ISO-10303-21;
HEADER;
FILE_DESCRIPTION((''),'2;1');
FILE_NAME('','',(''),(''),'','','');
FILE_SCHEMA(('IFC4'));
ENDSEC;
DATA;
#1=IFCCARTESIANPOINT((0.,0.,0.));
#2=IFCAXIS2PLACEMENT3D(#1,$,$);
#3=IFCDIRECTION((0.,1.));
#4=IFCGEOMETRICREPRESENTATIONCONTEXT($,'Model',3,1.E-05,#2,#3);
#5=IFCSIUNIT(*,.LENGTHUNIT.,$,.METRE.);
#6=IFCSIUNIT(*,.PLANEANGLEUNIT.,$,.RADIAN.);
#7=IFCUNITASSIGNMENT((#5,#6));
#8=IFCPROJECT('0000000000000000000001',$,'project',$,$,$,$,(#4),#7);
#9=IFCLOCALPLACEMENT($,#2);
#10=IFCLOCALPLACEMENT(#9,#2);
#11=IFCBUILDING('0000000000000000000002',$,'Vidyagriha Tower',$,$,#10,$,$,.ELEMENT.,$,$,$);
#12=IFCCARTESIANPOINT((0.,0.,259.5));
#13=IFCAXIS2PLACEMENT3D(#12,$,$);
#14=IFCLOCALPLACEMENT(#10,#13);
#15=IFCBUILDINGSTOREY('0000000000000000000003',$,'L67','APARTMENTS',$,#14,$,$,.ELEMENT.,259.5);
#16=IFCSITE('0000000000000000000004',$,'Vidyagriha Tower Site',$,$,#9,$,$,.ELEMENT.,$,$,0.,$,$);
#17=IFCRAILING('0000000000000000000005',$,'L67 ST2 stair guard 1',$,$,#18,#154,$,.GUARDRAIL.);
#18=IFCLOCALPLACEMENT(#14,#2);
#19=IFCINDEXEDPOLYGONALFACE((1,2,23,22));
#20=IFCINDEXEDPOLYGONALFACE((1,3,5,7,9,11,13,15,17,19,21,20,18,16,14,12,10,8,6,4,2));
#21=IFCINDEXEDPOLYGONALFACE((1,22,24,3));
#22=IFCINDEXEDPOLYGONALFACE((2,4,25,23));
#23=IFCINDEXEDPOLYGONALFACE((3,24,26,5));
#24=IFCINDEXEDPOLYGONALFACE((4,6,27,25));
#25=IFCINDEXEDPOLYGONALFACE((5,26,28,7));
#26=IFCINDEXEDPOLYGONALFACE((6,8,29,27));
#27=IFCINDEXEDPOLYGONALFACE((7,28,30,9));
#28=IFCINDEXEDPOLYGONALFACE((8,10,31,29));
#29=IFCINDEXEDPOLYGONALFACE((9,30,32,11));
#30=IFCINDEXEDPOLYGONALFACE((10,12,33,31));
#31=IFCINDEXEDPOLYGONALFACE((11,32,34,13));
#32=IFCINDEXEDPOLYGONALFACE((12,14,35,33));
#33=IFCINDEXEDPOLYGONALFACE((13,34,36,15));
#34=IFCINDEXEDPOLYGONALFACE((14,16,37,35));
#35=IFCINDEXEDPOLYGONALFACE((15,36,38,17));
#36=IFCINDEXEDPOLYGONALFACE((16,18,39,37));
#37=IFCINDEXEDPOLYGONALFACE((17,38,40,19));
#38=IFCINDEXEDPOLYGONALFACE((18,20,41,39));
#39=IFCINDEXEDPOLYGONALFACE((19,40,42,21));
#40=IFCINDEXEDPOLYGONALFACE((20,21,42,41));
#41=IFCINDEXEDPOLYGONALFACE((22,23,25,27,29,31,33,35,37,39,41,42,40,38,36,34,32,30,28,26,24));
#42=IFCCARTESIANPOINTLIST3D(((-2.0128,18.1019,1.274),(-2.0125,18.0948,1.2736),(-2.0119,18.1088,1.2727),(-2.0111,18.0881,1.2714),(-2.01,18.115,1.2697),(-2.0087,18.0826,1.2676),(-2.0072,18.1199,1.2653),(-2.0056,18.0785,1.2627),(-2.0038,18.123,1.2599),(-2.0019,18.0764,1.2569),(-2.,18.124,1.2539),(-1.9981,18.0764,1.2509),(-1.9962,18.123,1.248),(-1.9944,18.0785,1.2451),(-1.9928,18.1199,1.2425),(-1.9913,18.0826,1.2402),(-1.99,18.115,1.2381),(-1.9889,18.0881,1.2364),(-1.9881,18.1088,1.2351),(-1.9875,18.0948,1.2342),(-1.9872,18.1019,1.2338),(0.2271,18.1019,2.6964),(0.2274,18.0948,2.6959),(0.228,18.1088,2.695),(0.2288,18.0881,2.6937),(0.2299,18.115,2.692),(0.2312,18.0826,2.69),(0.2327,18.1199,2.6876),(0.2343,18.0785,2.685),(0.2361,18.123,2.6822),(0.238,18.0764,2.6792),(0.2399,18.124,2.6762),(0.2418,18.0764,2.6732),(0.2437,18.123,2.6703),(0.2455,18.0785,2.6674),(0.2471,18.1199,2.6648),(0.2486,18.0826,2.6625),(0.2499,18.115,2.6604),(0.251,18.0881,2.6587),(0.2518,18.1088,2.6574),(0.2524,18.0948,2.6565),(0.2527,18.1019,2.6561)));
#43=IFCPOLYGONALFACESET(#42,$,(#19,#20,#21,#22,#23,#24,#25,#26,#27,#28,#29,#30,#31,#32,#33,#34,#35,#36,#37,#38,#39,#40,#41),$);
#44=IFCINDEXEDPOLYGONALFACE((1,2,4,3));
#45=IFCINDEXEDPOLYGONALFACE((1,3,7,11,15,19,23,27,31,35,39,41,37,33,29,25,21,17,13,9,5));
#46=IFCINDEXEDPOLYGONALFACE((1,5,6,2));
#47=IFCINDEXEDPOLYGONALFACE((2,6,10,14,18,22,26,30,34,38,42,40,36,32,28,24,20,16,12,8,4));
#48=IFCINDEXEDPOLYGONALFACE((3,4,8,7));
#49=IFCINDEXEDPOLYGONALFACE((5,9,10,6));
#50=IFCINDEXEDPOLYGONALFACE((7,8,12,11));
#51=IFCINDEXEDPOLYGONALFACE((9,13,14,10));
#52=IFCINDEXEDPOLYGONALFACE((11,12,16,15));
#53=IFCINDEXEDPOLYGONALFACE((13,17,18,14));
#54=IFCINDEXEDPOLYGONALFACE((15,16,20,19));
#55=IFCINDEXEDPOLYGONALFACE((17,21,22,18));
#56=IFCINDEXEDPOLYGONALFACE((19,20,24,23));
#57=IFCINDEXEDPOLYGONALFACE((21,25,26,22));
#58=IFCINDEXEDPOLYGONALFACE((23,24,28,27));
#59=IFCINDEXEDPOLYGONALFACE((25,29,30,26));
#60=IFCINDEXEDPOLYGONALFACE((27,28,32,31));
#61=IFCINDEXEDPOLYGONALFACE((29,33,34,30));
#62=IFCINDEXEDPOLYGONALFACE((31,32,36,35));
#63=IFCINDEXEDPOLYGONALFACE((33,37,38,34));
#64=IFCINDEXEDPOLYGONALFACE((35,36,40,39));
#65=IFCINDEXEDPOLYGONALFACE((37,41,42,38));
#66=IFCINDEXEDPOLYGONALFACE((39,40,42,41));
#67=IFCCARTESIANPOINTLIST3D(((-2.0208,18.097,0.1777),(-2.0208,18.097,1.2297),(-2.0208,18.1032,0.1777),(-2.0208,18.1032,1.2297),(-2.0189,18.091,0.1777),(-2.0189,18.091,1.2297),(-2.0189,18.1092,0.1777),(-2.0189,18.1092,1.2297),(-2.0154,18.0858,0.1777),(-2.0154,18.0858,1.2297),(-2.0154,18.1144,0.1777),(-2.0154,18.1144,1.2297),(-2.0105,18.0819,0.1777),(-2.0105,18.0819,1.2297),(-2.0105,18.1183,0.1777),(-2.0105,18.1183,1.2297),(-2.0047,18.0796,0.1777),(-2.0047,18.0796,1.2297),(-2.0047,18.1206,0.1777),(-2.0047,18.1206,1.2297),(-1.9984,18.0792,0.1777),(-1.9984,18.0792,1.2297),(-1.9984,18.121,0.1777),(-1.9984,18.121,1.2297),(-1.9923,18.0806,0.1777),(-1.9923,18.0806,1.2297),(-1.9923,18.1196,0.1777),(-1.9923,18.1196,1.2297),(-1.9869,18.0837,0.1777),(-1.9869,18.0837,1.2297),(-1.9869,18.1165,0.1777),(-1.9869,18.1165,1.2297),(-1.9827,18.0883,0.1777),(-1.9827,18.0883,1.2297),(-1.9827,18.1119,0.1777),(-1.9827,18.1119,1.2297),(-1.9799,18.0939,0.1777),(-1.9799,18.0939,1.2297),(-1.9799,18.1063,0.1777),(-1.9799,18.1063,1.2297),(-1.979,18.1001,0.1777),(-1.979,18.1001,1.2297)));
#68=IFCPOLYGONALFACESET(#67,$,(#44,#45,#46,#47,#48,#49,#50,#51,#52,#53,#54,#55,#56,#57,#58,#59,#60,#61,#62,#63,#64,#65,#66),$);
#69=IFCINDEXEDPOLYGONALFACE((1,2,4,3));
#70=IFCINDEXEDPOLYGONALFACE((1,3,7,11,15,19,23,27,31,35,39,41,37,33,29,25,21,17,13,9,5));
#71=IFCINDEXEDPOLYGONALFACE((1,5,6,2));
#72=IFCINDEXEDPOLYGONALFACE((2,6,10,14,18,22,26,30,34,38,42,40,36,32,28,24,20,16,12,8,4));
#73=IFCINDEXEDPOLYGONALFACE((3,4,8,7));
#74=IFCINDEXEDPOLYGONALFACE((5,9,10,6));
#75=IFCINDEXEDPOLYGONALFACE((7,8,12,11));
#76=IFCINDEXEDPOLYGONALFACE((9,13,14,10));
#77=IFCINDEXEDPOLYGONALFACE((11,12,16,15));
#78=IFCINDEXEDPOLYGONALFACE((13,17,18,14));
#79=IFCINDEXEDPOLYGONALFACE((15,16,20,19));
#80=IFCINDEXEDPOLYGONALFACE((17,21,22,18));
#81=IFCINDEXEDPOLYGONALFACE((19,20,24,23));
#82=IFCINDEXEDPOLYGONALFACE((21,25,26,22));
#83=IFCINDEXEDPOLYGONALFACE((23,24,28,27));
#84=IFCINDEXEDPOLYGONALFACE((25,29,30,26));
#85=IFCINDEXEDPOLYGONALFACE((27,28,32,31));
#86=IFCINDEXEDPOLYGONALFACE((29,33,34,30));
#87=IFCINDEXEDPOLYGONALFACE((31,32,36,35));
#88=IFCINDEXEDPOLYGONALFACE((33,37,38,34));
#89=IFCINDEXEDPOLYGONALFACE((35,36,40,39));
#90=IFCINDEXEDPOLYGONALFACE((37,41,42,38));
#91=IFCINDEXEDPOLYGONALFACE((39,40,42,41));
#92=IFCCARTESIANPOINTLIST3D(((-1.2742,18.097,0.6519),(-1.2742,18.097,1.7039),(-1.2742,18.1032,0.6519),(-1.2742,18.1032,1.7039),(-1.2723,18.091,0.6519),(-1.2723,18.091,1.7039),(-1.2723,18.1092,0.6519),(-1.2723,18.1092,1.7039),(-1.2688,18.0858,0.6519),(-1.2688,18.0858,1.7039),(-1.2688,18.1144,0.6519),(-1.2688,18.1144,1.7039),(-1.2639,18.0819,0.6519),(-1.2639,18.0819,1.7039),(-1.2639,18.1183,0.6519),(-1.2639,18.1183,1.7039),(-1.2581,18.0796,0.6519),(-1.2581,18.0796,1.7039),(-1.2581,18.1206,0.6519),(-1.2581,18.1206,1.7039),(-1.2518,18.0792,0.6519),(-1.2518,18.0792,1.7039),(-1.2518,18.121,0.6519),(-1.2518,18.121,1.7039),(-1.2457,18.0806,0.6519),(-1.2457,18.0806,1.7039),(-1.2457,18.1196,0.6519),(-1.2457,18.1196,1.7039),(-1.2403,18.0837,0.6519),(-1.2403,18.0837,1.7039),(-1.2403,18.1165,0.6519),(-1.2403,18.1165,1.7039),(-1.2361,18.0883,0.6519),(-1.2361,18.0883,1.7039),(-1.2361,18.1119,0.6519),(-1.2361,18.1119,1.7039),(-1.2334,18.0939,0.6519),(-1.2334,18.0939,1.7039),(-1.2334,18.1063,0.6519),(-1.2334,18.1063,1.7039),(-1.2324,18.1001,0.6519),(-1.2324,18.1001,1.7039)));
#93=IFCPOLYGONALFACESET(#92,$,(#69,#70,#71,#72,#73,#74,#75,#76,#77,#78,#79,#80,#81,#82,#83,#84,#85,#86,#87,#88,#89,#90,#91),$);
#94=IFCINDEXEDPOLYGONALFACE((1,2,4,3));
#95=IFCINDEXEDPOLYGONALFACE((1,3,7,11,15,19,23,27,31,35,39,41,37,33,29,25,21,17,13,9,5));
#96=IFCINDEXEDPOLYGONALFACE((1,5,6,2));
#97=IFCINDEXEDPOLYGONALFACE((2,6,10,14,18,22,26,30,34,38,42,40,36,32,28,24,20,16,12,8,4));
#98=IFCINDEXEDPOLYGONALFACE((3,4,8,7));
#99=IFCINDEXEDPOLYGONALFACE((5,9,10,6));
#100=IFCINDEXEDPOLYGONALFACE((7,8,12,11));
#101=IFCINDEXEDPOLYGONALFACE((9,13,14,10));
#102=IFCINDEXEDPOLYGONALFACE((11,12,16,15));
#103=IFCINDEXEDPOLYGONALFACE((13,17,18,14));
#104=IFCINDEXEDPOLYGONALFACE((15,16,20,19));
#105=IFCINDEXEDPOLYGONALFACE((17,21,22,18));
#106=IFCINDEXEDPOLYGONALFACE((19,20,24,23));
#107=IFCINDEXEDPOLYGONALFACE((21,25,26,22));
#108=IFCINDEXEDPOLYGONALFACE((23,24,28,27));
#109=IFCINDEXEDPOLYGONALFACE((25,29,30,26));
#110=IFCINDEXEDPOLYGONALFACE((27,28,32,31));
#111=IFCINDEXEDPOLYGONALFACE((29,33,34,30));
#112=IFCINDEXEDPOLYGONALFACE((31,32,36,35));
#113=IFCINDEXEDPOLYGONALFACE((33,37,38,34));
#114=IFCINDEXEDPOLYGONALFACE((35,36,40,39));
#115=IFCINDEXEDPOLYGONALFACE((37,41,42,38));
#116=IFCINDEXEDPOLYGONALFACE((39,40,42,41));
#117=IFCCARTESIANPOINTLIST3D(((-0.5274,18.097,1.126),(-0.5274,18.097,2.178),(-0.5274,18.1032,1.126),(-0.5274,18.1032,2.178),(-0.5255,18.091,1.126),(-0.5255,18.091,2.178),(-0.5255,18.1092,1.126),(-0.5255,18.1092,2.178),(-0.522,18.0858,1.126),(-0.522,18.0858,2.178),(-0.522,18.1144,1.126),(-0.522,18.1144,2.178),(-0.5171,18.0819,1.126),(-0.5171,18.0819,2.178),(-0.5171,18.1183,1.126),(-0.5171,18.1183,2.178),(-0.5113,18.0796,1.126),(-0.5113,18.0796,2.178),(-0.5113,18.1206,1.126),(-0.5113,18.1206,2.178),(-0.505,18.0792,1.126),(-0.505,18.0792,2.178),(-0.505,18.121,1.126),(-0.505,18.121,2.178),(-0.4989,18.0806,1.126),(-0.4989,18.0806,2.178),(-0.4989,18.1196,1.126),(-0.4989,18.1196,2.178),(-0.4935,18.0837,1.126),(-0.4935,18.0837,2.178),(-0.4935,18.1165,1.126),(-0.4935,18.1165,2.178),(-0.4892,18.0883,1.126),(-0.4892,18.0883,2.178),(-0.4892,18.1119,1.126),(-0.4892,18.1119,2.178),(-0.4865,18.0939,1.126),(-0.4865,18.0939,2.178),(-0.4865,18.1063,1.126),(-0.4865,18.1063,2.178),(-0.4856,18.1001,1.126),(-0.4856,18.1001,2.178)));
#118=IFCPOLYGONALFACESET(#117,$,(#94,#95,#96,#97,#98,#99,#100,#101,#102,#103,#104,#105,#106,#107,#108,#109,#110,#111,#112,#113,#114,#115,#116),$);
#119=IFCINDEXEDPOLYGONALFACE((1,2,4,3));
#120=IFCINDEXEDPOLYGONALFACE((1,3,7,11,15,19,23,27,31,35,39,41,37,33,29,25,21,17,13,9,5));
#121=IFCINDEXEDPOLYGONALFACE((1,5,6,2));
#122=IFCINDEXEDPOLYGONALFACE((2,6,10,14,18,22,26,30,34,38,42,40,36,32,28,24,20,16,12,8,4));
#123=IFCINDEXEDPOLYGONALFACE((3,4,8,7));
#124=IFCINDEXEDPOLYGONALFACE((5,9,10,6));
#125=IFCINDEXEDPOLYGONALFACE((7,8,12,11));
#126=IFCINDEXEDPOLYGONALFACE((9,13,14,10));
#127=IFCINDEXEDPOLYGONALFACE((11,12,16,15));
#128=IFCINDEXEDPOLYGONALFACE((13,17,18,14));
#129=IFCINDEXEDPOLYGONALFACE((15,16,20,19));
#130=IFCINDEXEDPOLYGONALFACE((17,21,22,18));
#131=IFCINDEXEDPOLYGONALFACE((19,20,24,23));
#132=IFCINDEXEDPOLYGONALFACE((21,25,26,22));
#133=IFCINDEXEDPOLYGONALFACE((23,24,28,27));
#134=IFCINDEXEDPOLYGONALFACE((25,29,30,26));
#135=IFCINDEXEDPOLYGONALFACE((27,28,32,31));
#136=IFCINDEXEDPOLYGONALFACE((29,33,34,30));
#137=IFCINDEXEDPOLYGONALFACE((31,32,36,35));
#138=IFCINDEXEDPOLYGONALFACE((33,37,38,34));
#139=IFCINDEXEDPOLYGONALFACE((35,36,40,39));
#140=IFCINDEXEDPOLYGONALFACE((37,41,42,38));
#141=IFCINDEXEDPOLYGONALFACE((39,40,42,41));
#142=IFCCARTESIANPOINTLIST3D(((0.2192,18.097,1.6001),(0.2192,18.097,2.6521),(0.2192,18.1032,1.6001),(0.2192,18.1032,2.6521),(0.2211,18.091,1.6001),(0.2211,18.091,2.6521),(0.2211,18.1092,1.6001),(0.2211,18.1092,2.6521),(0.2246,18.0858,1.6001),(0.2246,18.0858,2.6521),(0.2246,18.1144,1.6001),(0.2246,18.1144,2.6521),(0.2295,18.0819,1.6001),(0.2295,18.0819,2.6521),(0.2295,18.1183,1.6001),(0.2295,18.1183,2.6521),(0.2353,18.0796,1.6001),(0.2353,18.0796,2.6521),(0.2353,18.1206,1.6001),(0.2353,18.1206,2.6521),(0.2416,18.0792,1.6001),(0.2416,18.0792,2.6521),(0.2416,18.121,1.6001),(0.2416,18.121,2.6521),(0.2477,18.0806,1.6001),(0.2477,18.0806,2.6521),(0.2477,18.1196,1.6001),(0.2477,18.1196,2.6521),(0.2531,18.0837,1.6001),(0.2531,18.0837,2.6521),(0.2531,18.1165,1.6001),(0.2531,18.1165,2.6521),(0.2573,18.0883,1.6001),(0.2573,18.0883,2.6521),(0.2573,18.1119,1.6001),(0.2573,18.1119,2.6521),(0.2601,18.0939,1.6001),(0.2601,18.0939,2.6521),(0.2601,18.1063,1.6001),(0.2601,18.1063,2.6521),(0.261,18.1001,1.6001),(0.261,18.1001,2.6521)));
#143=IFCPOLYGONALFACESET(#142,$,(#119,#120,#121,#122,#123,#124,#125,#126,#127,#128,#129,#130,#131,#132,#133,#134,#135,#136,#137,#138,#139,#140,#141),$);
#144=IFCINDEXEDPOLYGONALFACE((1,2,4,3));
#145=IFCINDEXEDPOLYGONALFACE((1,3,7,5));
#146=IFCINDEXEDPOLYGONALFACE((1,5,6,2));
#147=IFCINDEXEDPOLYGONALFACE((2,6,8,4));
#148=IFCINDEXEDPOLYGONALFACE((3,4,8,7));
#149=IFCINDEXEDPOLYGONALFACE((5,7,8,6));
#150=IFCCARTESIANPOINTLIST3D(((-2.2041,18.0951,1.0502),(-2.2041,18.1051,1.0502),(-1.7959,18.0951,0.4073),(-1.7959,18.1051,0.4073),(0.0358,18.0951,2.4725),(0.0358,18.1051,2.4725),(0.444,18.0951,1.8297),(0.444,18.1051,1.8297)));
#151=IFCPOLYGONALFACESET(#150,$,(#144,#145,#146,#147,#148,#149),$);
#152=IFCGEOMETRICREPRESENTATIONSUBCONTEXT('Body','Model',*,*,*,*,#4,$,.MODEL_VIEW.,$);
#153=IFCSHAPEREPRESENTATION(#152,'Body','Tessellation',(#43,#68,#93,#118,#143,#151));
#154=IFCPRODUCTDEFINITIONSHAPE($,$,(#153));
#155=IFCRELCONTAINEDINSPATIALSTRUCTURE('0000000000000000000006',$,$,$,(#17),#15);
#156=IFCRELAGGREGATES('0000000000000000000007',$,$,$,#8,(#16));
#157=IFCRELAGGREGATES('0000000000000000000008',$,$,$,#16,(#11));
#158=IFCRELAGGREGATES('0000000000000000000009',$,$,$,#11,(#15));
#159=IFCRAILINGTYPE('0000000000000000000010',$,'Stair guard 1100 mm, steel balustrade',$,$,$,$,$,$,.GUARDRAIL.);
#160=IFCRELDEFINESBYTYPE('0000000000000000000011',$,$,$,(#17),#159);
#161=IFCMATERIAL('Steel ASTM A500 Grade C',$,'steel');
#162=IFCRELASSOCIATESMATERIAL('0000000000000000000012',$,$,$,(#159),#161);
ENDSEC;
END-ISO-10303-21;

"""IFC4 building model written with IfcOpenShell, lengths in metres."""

from ifc_helpers import new_model, si_unit, direction, frame, origin, origin_2d, place, context, subcontext, project, spatial, rectangle, circle, extrude, material, type_object, element, save


model = new_model("IFC4")

# Units and contexts
model_context = context("Model", 3, precision=1e-05, world=origin(), true_north=direction((0.0, 1.0)))
body_context = subcontext(model_context, "Body", "Model", "MODEL_VIEW")
ifc_project = project(units=[si_unit("LENGTHUNIT", "METRE"), si_unit("PLANEANGLEUNIT", "RADIAN")], contexts=[model_context])

# Site, building, storey
site_placement = place(None, origin())
site = spatial("IfcSite", under=ifc_project, at=site_placement, Name="Vidyagriha Tower Site", CompositionType="ELEMENT", RefElevation=0.0)
building_placement = place(site_placement, origin())
building = spatial("IfcBuilding", under=site, at=building_placement, Name="Vidyagriha Tower", CompositionType="ELEMENT")
storey_placement = place(building_placement, frame((0.0, 0.0, 259.5)))
storey = spatial("IfcBuildingStorey", under=building, at=storey_placement, Name="L67", Description="APARTMENTS", CompositionType="ELEMENT", Elevation=259.5)

# Railing
ifc_material_1 = material(Name="Steel ASTM A500 Grade C", Category="steel")
railing_type_1 = type_object("IfcRailingType", Name="Stair guard 1100 mm, steel balustrade", PredefinedType="GUARDRAIL", material=ifc_material_1)
railing_1_placement = place(storey_placement, frame((-2.0, 18.1001, 0.1777)))
element("IfcRailing", 1, at=railing_1_placement, inside=storey, type_object=railing_type_1, Name="L67 ST2 stair guard 1", PredefinedType="GUARDRAIL", context=body_context, shape_type="SweptSolid", body=[
    extrude(circle(Radius=0.0239, at=origin_2d()), frame((0.0, 0.0, 1.0762), z_axis=(0.844188, 0.0, 0.536048), x_axis=(0.0, 1.0, 0.0)), (0.0, 0.0, 1.0), 2.6533),
    extrude(circle(Radius=0.021, at=origin_2d()), origin(), (0.0, 0.0, 1.0), 1.052),
    extrude(circle(Radius=0.021, at=origin_2d()), frame((0.7466, 0.0, 0.4741)), (0.0, 0.0, 1.0), 1.052),
    extrude(circle(Radius=0.021, at=origin_2d()), frame((1.4934, 0.0, 0.9482)), (0.0, 0.0, 1.0), 1.052),
    extrude(circle(Radius=0.021, at=origin_2d()), frame((2.24, 0.0, 1.4224)), (0.0, 0.0, 1.0), 1.052),
    extrude(rectangle(XDim=0.01, YDim=0.7615, at=origin_2d()), frame((0.0, 0.0, 0.551), z_axis=(0.844188, 0.0, 0.536048), x_axis=(0.0, 1.0, 0.0)), (0.0, 0.0, 1.0), 2.6533),
])

save(model, "model.ifc")
